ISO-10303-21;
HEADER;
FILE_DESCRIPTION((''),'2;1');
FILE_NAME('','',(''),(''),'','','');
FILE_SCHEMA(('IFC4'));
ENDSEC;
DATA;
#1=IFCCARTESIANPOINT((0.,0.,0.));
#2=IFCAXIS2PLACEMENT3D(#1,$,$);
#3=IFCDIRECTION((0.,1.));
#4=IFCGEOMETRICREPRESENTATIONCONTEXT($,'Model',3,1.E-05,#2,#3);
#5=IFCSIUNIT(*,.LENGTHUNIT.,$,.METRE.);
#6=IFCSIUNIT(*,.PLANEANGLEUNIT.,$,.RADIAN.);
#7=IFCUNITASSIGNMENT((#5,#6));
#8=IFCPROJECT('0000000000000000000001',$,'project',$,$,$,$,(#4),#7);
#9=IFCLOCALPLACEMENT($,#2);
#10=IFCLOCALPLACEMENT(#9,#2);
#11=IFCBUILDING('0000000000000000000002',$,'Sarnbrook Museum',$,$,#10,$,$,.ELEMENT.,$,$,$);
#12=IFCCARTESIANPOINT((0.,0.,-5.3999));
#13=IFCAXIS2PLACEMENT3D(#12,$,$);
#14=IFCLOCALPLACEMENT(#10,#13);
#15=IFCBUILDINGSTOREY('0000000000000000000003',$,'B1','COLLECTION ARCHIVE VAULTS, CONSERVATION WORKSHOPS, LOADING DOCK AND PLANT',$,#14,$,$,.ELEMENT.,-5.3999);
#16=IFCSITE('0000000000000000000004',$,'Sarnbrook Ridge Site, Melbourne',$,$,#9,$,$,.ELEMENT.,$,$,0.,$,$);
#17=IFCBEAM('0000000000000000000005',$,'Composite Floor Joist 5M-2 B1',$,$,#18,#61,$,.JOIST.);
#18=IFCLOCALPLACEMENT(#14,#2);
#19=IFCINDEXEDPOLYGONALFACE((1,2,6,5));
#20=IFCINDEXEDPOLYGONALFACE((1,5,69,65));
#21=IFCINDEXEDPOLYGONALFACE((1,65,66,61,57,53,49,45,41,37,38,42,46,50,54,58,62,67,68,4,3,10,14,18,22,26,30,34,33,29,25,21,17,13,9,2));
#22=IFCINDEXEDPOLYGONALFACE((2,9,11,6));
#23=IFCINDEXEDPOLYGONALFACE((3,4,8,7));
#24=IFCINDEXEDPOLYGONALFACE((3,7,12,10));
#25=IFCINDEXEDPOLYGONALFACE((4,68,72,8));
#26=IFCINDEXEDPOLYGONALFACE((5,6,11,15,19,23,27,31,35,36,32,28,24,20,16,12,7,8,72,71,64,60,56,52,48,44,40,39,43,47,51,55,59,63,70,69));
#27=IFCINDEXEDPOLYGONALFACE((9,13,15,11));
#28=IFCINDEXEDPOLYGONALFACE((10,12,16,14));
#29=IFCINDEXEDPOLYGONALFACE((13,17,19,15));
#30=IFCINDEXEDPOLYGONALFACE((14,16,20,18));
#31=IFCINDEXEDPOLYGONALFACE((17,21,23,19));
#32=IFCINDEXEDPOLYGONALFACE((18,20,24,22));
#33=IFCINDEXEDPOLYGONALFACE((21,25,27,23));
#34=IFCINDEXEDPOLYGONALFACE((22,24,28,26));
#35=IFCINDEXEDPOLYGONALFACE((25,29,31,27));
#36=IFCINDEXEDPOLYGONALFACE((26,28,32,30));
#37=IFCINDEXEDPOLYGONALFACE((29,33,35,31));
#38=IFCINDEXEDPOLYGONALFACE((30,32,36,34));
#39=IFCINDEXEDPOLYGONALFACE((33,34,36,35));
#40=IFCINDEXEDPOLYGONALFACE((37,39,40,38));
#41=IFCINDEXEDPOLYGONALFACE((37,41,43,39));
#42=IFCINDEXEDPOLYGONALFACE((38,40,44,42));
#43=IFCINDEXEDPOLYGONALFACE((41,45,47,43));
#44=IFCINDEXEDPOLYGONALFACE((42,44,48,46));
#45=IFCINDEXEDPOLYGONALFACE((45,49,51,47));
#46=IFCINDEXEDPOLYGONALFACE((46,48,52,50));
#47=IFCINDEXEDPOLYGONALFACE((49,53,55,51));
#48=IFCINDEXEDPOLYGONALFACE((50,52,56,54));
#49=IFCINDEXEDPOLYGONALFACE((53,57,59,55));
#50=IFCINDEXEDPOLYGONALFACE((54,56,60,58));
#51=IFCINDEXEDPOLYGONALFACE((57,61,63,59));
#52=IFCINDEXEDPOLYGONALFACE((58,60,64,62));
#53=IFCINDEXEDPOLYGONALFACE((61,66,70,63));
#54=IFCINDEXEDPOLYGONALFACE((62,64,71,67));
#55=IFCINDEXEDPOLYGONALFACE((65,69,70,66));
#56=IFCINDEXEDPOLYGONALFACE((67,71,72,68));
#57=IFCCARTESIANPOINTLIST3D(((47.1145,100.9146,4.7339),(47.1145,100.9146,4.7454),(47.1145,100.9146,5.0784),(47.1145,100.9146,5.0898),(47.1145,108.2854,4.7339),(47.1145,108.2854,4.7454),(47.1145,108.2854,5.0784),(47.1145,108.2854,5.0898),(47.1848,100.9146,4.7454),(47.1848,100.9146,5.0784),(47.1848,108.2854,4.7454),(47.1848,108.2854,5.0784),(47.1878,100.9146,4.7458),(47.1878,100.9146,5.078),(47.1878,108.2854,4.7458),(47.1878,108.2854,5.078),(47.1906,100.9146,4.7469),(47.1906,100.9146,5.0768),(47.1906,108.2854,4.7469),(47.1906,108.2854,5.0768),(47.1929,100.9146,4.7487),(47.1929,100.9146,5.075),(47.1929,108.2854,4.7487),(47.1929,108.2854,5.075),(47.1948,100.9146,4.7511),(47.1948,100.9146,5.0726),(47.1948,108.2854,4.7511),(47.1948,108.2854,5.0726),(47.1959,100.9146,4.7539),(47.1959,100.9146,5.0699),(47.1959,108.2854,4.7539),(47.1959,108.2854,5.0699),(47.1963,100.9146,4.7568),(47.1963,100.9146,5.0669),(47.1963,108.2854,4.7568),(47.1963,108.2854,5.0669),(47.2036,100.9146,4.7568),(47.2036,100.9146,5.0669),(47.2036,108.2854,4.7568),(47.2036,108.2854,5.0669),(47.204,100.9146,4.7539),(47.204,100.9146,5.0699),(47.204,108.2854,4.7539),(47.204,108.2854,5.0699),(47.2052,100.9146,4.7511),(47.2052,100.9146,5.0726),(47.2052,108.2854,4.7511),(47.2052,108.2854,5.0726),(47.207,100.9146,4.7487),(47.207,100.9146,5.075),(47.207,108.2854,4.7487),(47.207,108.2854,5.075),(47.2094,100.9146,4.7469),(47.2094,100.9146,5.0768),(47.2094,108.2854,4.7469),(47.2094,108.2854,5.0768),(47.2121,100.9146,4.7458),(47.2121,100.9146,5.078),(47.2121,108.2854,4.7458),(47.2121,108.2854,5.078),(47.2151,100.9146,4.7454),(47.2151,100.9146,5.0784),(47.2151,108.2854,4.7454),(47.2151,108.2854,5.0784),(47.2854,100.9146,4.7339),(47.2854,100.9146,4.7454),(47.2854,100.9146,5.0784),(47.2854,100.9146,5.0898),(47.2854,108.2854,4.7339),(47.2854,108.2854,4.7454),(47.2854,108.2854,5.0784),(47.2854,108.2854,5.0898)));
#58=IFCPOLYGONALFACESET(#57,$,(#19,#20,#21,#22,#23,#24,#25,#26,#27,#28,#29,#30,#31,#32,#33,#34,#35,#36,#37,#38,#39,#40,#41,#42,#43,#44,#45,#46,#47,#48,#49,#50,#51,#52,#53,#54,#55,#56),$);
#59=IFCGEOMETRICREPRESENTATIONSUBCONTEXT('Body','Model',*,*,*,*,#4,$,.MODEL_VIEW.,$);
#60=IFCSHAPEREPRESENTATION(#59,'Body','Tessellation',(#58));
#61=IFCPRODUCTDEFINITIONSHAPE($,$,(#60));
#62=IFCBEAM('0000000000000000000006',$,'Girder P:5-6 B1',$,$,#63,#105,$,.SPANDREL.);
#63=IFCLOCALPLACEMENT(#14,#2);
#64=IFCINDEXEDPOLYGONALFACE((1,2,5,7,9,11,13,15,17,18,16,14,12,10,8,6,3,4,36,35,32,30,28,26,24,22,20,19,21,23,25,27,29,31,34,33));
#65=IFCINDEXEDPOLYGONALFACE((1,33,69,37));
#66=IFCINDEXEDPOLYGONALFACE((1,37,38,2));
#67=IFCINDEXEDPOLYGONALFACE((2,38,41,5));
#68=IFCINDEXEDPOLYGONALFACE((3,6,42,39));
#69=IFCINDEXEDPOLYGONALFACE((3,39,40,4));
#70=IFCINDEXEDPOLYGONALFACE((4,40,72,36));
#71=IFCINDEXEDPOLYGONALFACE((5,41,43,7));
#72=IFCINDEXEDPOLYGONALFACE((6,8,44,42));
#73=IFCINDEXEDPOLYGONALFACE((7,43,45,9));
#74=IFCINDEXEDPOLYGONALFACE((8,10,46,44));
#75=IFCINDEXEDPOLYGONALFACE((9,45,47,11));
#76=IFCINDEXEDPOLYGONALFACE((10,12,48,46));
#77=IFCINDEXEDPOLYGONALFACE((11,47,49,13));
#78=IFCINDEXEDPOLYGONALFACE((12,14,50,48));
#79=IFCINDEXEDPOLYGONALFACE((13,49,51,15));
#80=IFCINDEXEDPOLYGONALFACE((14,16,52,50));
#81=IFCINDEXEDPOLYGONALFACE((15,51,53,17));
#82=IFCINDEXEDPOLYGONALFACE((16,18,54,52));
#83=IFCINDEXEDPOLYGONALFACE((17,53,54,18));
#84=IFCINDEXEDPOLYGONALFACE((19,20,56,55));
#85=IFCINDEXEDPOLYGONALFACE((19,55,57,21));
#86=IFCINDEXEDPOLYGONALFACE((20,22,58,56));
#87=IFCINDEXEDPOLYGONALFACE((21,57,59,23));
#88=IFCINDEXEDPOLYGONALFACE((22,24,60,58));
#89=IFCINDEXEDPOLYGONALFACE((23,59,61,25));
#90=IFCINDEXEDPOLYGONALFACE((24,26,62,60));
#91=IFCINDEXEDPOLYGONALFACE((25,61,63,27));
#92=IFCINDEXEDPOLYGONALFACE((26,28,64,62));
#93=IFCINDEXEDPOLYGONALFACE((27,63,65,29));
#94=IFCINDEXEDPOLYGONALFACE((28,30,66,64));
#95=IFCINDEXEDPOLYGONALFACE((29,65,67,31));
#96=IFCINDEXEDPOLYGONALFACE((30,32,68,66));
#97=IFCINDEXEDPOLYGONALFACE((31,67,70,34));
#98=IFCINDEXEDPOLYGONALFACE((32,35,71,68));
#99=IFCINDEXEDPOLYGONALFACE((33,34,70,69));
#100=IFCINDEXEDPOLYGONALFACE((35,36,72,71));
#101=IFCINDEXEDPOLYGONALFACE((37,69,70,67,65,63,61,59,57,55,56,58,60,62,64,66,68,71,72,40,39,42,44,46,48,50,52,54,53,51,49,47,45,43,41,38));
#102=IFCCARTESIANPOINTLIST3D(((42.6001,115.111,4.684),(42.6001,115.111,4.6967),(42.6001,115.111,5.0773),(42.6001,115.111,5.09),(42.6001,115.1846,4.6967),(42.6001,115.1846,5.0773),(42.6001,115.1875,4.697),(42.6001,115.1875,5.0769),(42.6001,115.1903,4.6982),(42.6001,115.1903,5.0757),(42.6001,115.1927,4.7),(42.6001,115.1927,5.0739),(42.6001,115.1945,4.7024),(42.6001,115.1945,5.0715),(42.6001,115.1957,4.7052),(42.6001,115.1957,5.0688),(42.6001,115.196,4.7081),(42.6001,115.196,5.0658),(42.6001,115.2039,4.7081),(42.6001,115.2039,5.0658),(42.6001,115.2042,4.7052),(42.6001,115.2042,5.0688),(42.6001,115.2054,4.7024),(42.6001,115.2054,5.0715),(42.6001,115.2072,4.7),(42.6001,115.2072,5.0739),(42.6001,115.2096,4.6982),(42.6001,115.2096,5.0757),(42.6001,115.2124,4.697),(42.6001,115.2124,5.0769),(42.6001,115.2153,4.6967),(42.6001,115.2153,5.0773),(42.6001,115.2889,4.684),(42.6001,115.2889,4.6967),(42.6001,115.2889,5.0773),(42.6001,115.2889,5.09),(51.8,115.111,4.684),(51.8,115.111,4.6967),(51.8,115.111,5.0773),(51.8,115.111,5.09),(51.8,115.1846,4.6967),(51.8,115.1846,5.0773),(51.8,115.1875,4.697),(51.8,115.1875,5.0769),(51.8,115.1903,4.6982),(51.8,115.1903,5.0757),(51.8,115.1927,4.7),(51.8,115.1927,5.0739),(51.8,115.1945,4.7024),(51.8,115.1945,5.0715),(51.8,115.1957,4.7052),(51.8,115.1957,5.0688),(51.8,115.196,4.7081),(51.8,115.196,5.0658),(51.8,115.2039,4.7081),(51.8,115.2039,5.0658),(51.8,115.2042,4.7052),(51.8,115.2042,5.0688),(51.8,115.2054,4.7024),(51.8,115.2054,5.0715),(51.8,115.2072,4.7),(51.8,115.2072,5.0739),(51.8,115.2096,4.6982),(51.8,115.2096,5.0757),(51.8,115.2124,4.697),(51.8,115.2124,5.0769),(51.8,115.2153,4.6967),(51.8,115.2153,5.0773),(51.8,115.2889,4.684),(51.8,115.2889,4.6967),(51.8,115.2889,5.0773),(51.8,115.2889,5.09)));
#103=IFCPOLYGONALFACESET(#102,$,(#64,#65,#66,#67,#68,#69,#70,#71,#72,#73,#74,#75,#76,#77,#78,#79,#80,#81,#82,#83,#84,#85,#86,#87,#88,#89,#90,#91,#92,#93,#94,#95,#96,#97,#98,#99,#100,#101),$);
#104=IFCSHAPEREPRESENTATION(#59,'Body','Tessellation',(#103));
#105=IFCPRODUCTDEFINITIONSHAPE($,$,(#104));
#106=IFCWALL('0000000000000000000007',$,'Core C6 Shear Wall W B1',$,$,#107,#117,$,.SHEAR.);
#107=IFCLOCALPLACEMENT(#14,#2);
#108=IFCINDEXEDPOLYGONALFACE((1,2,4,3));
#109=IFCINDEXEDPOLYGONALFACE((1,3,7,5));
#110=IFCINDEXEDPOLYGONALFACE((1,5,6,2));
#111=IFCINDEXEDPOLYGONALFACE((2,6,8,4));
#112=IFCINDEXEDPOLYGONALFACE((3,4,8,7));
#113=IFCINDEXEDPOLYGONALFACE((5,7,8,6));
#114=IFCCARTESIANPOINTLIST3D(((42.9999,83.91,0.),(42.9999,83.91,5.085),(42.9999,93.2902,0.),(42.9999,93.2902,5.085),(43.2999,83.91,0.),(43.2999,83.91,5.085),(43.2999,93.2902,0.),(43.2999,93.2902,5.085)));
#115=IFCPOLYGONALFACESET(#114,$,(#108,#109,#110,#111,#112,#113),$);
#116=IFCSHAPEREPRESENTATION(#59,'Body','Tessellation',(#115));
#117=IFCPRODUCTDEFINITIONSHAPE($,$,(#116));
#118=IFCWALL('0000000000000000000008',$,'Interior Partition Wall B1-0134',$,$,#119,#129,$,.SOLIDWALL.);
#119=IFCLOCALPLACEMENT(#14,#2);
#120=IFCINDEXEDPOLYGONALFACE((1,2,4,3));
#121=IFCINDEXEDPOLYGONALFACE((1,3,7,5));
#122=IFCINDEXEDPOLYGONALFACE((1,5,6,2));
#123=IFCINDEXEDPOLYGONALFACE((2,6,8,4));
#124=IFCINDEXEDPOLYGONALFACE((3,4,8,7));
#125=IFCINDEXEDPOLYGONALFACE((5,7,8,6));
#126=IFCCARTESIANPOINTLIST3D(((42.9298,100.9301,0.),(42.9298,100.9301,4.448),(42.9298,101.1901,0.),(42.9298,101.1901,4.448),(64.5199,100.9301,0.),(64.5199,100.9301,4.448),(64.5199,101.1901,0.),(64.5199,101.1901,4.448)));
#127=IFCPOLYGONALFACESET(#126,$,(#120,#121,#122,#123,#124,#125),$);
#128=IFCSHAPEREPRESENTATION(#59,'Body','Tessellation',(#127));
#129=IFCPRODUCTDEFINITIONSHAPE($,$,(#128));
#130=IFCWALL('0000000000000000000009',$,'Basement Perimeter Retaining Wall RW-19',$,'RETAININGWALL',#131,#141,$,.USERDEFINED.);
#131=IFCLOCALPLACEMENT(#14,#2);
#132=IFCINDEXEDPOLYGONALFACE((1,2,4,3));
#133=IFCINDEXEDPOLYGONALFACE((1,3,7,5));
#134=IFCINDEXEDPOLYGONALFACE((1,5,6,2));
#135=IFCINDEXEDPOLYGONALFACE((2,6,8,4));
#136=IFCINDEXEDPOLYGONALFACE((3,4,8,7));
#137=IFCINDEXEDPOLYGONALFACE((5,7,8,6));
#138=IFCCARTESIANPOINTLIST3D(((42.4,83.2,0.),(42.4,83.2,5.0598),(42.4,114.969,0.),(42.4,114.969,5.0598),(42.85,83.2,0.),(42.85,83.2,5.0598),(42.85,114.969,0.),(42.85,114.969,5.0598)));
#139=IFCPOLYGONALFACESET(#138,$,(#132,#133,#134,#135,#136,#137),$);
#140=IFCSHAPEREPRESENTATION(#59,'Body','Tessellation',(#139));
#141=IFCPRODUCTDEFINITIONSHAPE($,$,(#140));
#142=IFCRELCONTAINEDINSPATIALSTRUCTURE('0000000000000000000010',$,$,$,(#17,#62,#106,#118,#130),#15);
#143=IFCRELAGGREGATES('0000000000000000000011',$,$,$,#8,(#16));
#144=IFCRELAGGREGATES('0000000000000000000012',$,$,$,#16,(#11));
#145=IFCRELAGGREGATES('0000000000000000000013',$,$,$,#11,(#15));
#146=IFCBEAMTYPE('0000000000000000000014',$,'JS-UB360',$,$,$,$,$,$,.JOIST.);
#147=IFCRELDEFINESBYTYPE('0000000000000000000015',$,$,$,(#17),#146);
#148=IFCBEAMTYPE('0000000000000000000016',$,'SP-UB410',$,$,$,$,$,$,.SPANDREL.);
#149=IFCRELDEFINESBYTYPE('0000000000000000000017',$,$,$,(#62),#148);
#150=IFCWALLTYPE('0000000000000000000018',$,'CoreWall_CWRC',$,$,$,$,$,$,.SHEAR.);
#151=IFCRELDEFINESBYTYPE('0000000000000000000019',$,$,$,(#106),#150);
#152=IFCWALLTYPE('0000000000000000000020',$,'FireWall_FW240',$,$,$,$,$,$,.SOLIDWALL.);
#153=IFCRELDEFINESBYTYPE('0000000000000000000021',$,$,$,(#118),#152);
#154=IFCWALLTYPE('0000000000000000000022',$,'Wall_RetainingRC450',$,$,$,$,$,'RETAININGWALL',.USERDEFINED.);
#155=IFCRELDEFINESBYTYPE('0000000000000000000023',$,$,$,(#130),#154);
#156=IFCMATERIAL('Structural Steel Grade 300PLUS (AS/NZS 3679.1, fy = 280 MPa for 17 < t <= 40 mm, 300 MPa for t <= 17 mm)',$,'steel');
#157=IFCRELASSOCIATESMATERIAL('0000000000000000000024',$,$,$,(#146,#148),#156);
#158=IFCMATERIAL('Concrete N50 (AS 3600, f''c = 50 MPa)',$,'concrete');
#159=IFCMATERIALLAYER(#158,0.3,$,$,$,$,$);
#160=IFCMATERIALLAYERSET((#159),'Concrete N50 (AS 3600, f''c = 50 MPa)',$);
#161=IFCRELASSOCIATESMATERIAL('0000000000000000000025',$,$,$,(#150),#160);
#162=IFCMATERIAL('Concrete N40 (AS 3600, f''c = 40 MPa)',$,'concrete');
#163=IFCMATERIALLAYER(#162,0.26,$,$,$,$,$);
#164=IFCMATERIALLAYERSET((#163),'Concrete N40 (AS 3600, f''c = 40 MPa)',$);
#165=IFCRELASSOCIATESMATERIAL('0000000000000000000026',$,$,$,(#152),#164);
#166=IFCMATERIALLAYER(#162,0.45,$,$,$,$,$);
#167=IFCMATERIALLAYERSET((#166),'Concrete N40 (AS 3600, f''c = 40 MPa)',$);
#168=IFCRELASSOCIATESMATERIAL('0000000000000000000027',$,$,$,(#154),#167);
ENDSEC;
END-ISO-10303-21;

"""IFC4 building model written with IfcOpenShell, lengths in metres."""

from ifc_helpers import new_model, si_unit, direction, frame, frame_2d, origin, origin_2d, place, context, subcontext, project, spatial, rectangle, i_section, extrude, material, layer, layer_set, material_profile, profile_set, type_object, element, save


model = new_model("IFC4")

# Units and contexts
model_context = context("Model", 3, precision=1e-05, world=origin(), true_north=direction((0.0, 1.0)))
body_context = subcontext(model_context, "Body", "Model", "MODEL_VIEW")
ifc_project = project(units=[si_unit("LENGTHUNIT", "METRE"), si_unit("PLANEANGLEUNIT", "RADIAN")], contexts=[model_context])

# Site, building, storey
site_placement = place(None, origin())
site = spatial("IfcSite", under=ifc_project, at=site_placement, Name="Sarnbrook Ridge Site, Melbourne", CompositionType="ELEMENT", RefElevation=0.0)
building_placement = place(site_placement, origin())
building = spatial("IfcBuilding", under=site, at=building_placement, Name="Sarnbrook Museum", CompositionType="ELEMENT")
storey_placement = place(building_placement, frame((0.0, 0.0, -5.3999)))
storey = spatial("IfcBuildingStorey", under=building, at=storey_placement, Name="B1", Description="COLLECTION ARCHIVE VAULTS, CONSERVATION WORKSHOPS, LOADING DOCK AND PLANT", CompositionType="ELEMENT", Elevation=-5.3999)

# Shared definitions
ifc_material_1 = material(Name="Concrete N50 (AS 3600, f'c = 50 MPa)", Category="concrete")

# Shared definitions
ifc_material_2 = material(Name="Concrete N40 (AS 3600, f'c = 40 MPa)", Category="concrete")

# Beams
ifc_material_3 = material(Name="Structural Steel Grade 300PLUS (AS/NZS 3679.1, fy = 280 MPa for 17 < t <= 40 mm, 300 MPa for t <= 17 mm)", Category="steel")
ifc_material_profile_1 = material_profile(ifc_material_3, i_section(OverallWidth=0.1709, OverallDepth=0.356, WebThickness=0.0073, FlangeThickness=0.0115, FilletRadius=0.0115, at=origin_2d()), Name="360UB50.7")
ifc_profile_set_1 = profile_set([ifc_material_profile_1], Name="Structural Steel Grade 300PLUS (AS/NZS 3679.1, fy = 280 MPa for 17 < t <= 40 mm, 300 MPa for t <= 17 mm)")
beam_type_1 = type_object("IfcBeamType", Name="JS-UB360", PredefinedType="JOIST", material=ifc_profile_set_1)
for number, where, z_axis, x_axis, name in (
    (1, (47.2, 100.9146, 4.9119), (0.0, 1.0, 0.0), (-1.0, 0.0, 0.0), "Composite Floor Joist 5M-2 B1"),
):
    element("IfcBeam", number, at=place(storey_placement, frame(where, z_axis=z_axis, x_axis=x_axis)), inside=storey, type_object=beam_type_1, Name=name, PredefinedType="JOIST", context=body_context, shape_type="SweptSolid", body=[
        extrude(i_section(OverallWidth=0.1709, OverallDepth=0.356, WebThickness=0.0073, FlangeThickness=0.0115, FilletRadius=0.0115, at=origin_2d()), origin(), (0.0, 0.0, 1.0), 7.3708),
    ])
ifc_material_profile_2 = material_profile(ifc_material_3, i_section(OverallWidth=0.178, OverallDepth=0.406, WebThickness=0.0078, FlangeThickness=0.0127, FilletRadius=0.0115, at=origin_2d()), Name="410UB59.7")
ifc_profile_set_2 = profile_set([ifc_material_profile_2], Name="Structural Steel Grade 300PLUS (AS/NZS 3679.1, fy = 280 MPa for 17 < t <= 40 mm, 300 MPa for t <= 17 mm)")
beam_type_2 = type_object("IfcBeamType", Name="SP-UB410", PredefinedType="SPANDREL", material=ifc_profile_set_2)
beam_1_placement = place(storey_placement, frame((42.6001, 115.2, 4.887), z_axis=(1.0, 0.0, 0.0), x_axis=(0.0, 1.0, 0.0)))
element("IfcBeam", 2, at=beam_1_placement, inside=storey, type_object=beam_type_2, Name="Girder P:5-6 B1", PredefinedType="SPANDREL", context=body_context, shape_type="SweptSolid", body=[
    extrude(i_section(OverallWidth=0.178, OverallDepth=0.406, WebThickness=0.0078, FlangeThickness=0.0127, FilletRadius=0.0115, at=origin_2d()), origin(), (0.0, 0.0, 1.0), 9.2),
])

# Walls
ifc_layer_1 = layer(ifc_material_1, 0.3)
ifc_layer_set_1 = layer_set([ifc_layer_1], Name="Concrete N50 (AS 3600, f'c = 50 MPa)")
wall_type_1 = type_object("IfcWallType", Name="CoreWall_CWRC", PredefinedType="SHEAR", material=ifc_layer_set_1)
wall_1_placement = place(storey_placement, frame((43.1499, 93.29, 0.0), z_axis=(0.0, 0.0, 1.0), x_axis=(0.0, -1.0, 0.0)))
element("IfcWall", 3, at=wall_1_placement, inside=storey, type_object=wall_type_1, Name="Core C6 Shear Wall W B1", PredefinedType="SHEAR", context=body_context, shape_type="SweptSolid", body=[
    extrude(rectangle(XDim=9.3801, YDim=0.3, at=frame_2d((4.6899, 0.0))), origin(), (0.0, 0.0, 1.0), 5.085),
])
ifc_layer_2 = layer(ifc_material_2, 0.26)
ifc_layer_set_2 = layer_set([ifc_layer_2], Name="Concrete N40 (AS 3600, f'c = 40 MPa)")
wall_type_2 = type_object("IfcWallType", Name="FireWall_FW240", PredefinedType="SOLIDWALL", material=ifc_layer_set_2)
wall_2_placement = place(storey_placement, frame((42.9299, 101.0601, 0.0), z_axis=(0.0, 0.0, 1.0), x_axis=(1.0, 0.0, 0.0)))
element("IfcWall", 4, at=wall_2_placement, inside=storey, type_object=wall_type_2, Name="Interior Partition Wall B1-0134", PredefinedType="SOLIDWALL", context=body_context, shape_type="SweptSolid", body=[
    extrude(rectangle(XDim=21.5901, YDim=0.26, at=frame_2d((10.7949, 0.0))), origin(), (0.0, 0.0, 1.0), 4.448),
])
ifc_layer_3 = layer(ifc_material_2, 0.45)
ifc_layer_set_3 = layer_set([ifc_layer_3], Name="Concrete N40 (AS 3600, f'c = 40 MPa)")
wall_type_3 = type_object("IfcWallType", Name="Wall_RetainingRC450", ElementType="RETAININGWALL", PredefinedType="USERDEFINED", material=ifc_layer_set_3)
wall_3_placement = place(storey_placement, frame((42.625, 114.969, 0.0), z_axis=(0.0, 0.0, 1.0), x_axis=(0.0, -1.0, 0.0)))
element("IfcWall", 5, at=wall_3_placement, inside=storey, type_object=wall_type_3, Name="Basement Perimeter Retaining Wall RW-19", ObjectType="RETAININGWALL", PredefinedType="USERDEFINED", context=body_context, shape_type="SweptSolid", body=[
    extrude(rectangle(XDim=31.769, YDim=0.45, at=frame_2d((15.8845, 0.0))), origin(), (0.0, 0.0, 1.0), 5.0598),
])

save(model, "model.ifc")
